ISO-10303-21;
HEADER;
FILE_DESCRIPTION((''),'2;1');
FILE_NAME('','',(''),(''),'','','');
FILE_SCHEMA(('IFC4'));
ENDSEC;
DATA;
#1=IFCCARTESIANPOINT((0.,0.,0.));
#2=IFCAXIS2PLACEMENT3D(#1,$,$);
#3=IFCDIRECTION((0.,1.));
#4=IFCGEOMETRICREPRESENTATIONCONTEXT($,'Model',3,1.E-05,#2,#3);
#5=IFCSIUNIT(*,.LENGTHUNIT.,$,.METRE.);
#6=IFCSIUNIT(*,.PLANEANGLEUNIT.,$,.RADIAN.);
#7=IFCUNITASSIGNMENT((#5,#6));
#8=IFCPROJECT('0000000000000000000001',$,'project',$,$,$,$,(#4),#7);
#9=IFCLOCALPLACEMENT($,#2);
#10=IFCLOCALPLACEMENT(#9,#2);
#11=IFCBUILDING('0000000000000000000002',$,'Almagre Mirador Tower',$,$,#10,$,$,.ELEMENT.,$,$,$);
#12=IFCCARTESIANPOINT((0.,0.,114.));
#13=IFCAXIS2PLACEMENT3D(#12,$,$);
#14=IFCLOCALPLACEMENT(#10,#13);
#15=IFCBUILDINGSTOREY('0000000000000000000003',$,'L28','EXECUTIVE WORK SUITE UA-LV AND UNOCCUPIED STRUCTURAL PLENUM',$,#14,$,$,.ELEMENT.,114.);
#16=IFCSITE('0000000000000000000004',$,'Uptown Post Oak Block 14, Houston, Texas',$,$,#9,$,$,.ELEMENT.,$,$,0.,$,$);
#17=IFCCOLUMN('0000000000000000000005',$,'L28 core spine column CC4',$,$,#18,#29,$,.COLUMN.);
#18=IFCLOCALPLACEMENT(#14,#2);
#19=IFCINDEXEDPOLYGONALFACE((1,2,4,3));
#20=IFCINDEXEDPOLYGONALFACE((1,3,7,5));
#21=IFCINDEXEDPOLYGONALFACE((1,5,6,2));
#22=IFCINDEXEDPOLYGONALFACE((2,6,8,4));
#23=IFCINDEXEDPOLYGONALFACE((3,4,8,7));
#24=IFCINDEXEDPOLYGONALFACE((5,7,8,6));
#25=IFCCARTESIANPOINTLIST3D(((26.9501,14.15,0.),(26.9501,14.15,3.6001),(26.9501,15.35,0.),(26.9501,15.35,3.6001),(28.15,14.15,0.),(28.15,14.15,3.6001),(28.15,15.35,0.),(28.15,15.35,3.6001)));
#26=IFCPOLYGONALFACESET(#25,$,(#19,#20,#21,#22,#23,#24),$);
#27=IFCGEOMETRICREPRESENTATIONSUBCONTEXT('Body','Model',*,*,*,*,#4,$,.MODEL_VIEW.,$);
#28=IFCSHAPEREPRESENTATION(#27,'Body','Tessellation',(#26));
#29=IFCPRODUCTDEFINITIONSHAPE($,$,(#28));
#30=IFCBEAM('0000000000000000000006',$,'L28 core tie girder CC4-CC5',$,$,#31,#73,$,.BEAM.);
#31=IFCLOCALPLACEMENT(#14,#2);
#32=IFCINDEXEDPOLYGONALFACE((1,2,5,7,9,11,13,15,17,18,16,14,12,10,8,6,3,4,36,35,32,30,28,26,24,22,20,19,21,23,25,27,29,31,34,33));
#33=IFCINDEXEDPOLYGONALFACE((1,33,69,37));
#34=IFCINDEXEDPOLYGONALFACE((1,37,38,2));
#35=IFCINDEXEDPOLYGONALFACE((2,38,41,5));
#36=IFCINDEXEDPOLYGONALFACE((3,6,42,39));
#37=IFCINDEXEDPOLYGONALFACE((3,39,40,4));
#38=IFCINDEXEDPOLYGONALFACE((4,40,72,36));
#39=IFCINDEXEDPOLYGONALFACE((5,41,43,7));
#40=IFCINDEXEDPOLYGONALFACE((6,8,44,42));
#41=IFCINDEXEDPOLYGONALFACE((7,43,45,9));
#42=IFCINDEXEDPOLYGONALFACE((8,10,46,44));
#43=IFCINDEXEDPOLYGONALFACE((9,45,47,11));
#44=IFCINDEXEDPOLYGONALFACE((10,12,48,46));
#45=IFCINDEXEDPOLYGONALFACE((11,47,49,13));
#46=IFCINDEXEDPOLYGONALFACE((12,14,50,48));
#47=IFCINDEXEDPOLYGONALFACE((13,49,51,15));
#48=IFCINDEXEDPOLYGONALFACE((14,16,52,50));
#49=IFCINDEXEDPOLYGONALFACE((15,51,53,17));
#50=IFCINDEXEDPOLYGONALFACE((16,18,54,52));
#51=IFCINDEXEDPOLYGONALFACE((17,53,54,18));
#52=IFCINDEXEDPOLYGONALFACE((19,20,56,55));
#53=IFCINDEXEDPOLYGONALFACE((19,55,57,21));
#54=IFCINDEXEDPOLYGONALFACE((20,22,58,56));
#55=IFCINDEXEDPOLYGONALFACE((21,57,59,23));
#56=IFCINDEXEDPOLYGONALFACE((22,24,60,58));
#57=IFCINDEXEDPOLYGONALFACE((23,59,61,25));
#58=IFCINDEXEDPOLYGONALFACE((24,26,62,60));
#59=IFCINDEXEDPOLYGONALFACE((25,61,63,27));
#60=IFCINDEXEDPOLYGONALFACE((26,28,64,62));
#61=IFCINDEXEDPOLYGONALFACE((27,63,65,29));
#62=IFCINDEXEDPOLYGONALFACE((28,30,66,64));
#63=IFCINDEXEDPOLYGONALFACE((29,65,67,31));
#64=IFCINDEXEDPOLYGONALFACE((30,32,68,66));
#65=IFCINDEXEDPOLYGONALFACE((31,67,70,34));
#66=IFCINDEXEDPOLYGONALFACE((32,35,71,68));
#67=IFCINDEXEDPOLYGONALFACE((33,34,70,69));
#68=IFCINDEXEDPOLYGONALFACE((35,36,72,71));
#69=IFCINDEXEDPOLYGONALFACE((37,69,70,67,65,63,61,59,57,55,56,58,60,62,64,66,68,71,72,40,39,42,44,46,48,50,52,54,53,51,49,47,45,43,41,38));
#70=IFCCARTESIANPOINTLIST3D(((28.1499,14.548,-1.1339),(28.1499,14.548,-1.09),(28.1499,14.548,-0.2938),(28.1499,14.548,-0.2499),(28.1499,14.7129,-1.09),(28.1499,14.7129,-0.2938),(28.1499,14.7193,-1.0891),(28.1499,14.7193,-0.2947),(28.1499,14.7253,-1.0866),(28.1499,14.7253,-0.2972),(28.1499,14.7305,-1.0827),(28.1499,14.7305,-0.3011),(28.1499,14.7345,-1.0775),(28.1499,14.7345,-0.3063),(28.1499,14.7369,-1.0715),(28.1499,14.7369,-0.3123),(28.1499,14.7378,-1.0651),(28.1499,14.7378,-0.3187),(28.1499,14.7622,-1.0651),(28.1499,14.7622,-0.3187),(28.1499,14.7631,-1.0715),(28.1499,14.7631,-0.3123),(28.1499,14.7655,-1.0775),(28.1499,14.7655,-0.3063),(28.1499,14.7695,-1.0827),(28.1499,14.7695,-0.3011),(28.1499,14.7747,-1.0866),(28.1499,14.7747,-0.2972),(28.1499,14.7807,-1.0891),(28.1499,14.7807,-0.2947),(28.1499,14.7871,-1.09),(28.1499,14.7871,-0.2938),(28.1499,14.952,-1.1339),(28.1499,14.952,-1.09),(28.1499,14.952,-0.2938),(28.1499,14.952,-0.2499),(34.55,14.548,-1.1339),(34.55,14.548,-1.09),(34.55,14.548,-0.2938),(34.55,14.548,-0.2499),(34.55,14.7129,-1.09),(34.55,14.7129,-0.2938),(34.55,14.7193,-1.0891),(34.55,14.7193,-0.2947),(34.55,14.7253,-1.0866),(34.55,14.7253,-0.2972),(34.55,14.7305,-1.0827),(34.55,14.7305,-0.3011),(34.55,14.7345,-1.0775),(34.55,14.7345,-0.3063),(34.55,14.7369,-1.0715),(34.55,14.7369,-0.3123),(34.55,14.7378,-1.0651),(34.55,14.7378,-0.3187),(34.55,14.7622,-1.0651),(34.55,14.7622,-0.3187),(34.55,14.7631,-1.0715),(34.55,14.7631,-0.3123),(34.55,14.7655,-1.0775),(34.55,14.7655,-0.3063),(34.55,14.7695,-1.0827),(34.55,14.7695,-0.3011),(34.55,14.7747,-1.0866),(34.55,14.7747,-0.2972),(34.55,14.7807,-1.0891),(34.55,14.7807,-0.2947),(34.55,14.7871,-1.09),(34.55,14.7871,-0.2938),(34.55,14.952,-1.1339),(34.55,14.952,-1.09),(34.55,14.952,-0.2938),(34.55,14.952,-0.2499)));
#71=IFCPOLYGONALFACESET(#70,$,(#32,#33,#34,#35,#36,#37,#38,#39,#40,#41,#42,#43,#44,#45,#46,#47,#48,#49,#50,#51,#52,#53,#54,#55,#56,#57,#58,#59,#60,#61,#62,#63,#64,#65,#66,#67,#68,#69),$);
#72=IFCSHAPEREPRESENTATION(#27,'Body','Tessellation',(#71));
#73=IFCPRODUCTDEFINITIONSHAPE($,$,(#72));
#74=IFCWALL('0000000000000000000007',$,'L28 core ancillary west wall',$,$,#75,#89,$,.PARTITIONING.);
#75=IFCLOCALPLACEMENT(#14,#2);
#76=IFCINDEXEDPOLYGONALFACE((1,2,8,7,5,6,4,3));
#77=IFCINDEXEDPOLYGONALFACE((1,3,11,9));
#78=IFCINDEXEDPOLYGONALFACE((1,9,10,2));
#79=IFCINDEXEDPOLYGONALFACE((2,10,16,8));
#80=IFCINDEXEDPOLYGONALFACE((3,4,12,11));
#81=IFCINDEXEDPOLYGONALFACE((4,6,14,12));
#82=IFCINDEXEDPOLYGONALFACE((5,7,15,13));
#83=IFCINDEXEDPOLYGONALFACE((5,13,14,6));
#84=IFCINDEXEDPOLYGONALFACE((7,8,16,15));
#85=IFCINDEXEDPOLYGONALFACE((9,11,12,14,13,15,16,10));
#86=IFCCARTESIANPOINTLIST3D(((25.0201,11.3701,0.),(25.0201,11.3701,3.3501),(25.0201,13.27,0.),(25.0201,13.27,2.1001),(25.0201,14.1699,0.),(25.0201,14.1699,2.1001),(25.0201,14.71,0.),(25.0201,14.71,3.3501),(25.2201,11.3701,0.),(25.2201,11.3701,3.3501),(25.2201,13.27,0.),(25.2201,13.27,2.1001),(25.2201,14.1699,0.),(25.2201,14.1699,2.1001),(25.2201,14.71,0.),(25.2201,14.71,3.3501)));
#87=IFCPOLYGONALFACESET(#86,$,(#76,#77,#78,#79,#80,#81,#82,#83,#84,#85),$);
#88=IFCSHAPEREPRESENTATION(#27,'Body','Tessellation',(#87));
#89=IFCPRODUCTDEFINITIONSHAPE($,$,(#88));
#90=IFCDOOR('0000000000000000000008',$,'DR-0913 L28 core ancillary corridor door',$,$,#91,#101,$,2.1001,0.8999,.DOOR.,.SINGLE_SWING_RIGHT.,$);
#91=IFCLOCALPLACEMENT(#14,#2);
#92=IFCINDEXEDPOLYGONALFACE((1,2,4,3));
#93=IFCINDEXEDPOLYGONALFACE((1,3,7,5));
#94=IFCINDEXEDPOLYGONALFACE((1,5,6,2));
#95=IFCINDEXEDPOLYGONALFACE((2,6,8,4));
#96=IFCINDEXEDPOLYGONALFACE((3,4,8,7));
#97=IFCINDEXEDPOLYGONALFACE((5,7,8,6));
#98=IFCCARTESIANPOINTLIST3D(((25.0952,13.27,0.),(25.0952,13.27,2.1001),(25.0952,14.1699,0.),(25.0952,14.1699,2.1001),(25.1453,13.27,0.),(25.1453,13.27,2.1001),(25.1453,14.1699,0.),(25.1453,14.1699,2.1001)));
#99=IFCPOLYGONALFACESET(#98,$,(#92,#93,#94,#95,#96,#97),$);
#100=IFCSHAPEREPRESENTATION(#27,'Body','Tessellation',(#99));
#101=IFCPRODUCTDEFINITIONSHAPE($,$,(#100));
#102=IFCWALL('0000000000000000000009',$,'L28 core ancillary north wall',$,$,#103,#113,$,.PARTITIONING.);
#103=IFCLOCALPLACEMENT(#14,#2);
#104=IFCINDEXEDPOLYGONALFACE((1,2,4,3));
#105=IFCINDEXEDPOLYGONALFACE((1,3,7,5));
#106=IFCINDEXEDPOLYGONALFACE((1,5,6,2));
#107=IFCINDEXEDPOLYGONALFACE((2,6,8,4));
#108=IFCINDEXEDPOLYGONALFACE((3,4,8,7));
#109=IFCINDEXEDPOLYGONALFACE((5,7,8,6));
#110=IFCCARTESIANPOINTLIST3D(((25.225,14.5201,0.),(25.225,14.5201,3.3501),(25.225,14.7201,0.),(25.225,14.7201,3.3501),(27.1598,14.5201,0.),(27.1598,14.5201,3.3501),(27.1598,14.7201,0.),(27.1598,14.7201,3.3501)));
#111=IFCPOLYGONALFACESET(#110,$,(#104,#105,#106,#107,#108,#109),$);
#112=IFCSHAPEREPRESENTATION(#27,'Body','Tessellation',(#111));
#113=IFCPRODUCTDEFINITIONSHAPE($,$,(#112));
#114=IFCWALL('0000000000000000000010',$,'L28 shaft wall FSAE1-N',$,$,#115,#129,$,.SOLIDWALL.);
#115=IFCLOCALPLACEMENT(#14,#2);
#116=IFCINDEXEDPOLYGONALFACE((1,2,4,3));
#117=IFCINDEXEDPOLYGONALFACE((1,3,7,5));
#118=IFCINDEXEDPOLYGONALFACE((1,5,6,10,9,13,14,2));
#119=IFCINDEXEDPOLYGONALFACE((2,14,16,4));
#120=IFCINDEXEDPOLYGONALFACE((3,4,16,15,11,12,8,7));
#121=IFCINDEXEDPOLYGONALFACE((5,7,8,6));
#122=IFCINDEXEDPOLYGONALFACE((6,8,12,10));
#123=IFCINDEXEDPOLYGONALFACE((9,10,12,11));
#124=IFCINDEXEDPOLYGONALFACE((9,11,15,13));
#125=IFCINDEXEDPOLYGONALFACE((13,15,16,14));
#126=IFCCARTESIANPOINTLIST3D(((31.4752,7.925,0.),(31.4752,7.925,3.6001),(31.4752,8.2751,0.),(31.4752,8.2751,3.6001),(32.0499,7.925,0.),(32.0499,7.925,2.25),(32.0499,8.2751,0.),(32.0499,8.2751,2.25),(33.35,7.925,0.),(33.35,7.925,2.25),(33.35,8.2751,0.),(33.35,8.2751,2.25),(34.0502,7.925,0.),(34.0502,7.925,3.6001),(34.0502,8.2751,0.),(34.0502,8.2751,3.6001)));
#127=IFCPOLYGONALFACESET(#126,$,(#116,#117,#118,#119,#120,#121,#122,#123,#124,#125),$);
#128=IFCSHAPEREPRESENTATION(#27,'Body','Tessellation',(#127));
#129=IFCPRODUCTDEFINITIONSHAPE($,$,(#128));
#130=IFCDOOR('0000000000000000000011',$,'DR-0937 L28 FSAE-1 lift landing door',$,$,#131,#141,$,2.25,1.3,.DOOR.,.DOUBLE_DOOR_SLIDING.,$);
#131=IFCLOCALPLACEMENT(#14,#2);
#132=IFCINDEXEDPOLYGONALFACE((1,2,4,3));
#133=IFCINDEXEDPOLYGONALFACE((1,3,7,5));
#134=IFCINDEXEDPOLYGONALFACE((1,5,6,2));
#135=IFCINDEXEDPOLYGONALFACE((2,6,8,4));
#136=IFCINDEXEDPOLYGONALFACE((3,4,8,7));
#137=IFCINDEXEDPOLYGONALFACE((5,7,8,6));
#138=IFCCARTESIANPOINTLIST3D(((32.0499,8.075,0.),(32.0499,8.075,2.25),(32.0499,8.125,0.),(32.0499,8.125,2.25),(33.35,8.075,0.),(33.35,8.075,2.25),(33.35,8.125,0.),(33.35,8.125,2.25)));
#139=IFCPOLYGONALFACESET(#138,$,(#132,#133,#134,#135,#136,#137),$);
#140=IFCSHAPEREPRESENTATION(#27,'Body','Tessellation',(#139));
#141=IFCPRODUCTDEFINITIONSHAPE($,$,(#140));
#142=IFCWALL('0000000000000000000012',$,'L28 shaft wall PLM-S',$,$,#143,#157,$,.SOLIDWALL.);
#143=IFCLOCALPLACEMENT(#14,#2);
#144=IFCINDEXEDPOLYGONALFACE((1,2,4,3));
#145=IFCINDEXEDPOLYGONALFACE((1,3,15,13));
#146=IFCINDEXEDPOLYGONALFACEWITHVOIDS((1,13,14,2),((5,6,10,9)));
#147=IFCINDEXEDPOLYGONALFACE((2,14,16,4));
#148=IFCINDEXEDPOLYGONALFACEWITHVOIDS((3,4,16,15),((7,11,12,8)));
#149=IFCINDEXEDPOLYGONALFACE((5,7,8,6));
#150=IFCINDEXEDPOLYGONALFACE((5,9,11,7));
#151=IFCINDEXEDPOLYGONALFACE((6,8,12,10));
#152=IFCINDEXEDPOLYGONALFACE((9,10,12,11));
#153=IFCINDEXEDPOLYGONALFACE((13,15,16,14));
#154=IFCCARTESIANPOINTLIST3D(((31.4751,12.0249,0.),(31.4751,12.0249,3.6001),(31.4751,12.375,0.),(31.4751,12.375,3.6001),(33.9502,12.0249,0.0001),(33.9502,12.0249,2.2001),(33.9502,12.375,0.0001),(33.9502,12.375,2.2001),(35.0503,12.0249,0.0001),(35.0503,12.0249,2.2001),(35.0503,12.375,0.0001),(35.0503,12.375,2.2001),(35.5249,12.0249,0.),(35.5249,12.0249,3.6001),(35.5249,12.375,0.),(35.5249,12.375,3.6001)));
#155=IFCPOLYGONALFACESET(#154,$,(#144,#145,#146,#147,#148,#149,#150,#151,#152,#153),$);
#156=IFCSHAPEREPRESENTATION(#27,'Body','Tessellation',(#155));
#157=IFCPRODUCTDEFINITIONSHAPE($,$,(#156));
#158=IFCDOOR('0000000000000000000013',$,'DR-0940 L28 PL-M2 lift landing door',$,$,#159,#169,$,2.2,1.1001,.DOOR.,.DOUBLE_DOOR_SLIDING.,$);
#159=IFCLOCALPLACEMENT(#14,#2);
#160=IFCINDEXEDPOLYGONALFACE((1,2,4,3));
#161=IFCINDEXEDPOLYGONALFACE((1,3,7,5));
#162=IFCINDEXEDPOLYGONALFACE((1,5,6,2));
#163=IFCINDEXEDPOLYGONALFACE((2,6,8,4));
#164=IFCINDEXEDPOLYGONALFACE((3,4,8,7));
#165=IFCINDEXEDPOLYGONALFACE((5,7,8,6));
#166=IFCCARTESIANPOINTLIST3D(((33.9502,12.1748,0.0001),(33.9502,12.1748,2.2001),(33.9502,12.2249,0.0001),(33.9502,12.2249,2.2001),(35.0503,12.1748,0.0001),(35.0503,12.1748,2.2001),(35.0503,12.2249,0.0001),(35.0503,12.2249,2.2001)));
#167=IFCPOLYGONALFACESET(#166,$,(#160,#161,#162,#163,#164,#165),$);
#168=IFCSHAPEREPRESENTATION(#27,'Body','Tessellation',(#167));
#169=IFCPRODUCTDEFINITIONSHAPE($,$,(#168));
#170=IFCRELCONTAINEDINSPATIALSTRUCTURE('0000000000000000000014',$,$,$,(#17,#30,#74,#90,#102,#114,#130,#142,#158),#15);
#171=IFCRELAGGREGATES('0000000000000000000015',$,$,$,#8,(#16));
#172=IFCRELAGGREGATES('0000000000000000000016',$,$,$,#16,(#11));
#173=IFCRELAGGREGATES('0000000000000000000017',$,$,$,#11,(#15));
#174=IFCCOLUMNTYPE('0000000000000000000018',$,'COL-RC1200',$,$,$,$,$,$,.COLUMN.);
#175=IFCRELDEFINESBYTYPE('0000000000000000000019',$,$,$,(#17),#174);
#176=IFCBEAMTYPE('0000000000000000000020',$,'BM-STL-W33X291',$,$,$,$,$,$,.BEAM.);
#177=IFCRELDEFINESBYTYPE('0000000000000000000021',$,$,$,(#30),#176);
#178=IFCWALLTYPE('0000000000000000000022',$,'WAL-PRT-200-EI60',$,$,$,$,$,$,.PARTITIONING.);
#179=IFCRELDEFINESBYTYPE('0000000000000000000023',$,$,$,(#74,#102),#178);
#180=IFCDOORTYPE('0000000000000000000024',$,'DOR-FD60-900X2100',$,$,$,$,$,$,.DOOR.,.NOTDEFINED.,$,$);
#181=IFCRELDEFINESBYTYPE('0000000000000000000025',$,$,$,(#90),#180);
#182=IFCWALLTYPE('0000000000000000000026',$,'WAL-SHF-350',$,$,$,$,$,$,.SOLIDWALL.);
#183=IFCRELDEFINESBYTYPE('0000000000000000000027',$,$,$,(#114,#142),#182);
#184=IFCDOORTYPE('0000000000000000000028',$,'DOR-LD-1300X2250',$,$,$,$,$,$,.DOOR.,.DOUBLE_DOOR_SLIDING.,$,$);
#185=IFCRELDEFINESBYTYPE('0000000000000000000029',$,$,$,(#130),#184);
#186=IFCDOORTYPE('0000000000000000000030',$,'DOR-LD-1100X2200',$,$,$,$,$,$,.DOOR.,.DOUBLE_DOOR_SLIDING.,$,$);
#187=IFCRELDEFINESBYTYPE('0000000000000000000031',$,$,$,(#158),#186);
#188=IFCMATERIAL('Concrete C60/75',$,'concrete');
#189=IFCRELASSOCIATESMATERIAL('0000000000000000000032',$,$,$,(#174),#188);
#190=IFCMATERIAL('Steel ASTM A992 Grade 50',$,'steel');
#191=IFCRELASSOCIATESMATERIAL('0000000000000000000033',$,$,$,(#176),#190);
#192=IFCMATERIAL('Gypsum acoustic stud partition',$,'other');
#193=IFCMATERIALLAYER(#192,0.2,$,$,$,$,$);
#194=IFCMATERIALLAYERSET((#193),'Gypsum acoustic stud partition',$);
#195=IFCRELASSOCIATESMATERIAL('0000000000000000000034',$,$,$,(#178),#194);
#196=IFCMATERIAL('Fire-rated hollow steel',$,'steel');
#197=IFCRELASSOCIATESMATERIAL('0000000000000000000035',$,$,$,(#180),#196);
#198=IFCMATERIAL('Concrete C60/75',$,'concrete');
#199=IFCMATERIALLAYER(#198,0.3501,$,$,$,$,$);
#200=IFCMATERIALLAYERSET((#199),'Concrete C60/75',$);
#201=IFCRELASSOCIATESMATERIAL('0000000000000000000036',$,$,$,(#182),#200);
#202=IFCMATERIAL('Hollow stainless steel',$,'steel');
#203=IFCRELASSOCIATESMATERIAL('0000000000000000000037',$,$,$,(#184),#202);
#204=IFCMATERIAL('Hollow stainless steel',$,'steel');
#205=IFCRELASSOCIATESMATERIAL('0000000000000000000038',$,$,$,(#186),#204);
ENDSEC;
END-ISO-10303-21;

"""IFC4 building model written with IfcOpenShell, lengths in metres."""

from ifc_helpers import new_model, si_unit, direction, frame, frame_2d, origin, origin_2d, place, context, subcontext, project, spatial, rectangle, i_section, extrude, material, layer, layer_set, material_profile, profile_set, type_object, element, fill, save


model = new_model("IFC4")

# Units and contexts
model_context = context("Model", 3, precision=1e-05, world=origin(), true_north=direction((0.0, 1.0)))
body_context = subcontext(model_context, "Body", "Model", "MODEL_VIEW")
ifc_project = project(units=[si_unit("LENGTHUNIT", "METRE"), si_unit("PLANEANGLEUNIT", "RADIAN")], contexts=[model_context])

# Site, building, storey
site_placement = place(None, origin())
site = spatial("IfcSite", under=ifc_project, at=site_placement, Name="Uptown Post Oak Block 14, Houston, Texas", CompositionType="ELEMENT", RefElevation=0.0)
building_placement = place(site_placement, origin())
building = spatial("IfcBuilding", under=site, at=building_placement, Name="Almagre Mirador Tower", CompositionType="ELEMENT")
storey_placement = place(building_placement, frame((0.0, 0.0, 114.0)))
storey = spatial("IfcBuildingStorey", under=building, at=storey_placement, Name="L28", Description="EXECUTIVE WORK SUITE UA-LV AND UNOCCUPIED STRUCTURAL PLENUM", CompositionType="ELEMENT", Elevation=114.0)

# Column
ifc_material_1 = material(Name="Concrete C60/75", Category="concrete")
ifc_material_profile_1 = material_profile(ifc_material_1, rectangle(XDim=1.2, YDim=1.2, at=origin_2d()), Name="RC1200X1200")
ifc_profile_set_1 = profile_set([ifc_material_profile_1], Name="Concrete C60/75")
column_type = type_object("IfcColumnType", Name="COL-RC1200", PredefinedType="COLUMN", material=ifc_profile_set_1)
column_placement = place(storey_placement, frame((27.55, 14.75, 0.0), z_axis=(0.0, 0.0, 1.0), x_axis=(1.0, 0.0, 0.0)))
element("IfcColumn", 1, at=column_placement, inside=storey, type_object=column_type, Name="L28 core spine column CC4", PredefinedType="COLUMN", context=body_context, shape_type="SweptSolid", body=[
    extrude(rectangle(XDim=1.2, YDim=1.2, at=origin_2d()), origin(), (0.0, 0.0, 1.0), 3.6001),
])

# Beam
ifc_material_2 = material(Name="Steel ASTM A992 Grade 50", Category="steel")
ifc_material_profile_2 = material_profile(ifc_material_2, i_section(OverallWidth=0.4041, OverallDepth=0.884, WebThickness=0.0244, FlangeThickness=0.0439, FilletRadius=0.0249, at=origin_2d()), Name="W33X291")
ifc_profile_set_2 = profile_set([ifc_material_profile_2], Name="Steel ASTM A992 Grade 50")
beam_type = type_object("IfcBeamType", Name="BM-STL-W33X291", PredefinedType="BEAM", material=ifc_profile_set_2)
beam_placement = place(storey_placement, frame((28.1499, 14.75, -0.6919), z_axis=(1.0, 0.0, 0.0), x_axis=(0.0, 1.0, 0.0)))
element("IfcBeam", 2, at=beam_placement, inside=storey, type_object=beam_type, Name="L28 core tie girder CC4-CC5", PredefinedType="BEAM", context=body_context, shape_type="SweptSolid", body=[
    extrude(i_section(OverallWidth=0.4041, OverallDepth=0.884, WebThickness=0.0244, FlangeThickness=0.0439, FilletRadius=0.0249, at=origin_2d()), origin(), (0.0, 0.0, 1.0), 6.4001),
])

# Wall, opening, door
ifc_material_3 = material(Name="Gypsum acoustic stud partition", Category="other")
ifc_layer_1 = layer(ifc_material_3, 0.2)
ifc_layer_set_1 = layer_set([ifc_layer_1], Name="Gypsum acoustic stud partition")
wall_type_1 = type_object("IfcWallType", Name="WAL-PRT-200-EI60", PredefinedType="PARTITIONING", material=ifc_layer_set_1)
wall_1_placement = place(storey_placement, frame((25.1201, 11.3701, 0.0), z_axis=(0.0, 0.0, 1.0), x_axis=(0.0, 1.0, 0.0)))
wall_1 = element("IfcWall", 3, at=wall_1_placement, inside=storey, type_object=wall_type_1, Name="L28 core ancillary west wall", PredefinedType="PARTITIONING", context=body_context, shape_type="SweptSolid", body=[
    extrude(rectangle(XDim=3.3398, YDim=0.2, at=frame_2d((1.6699, 0.0))), origin(), (0.0, 0.0, 1.0), 3.3501),
])
opening_1_placement = place(wall_1_placement, frame((1.8999, 0.0, 0.0)))
opening_1 = element("IfcOpeningElement", 4, at=opening_1_placement, cuts=wall_1, PredefinedType="OPENING", context=body_context, shape_type="SweptSolid", body=[
    extrude(rectangle(XDim=0.8999, YDim=2.1001, at=frame_2d((0.45, 1.05))), frame((0.0, 0.1101, 0.0), z_axis=(0.0, -1.0, 0.0), x_axis=(1.0, 0.0, 0.0)), (0.0, 0.0, 1.0), 0.22),
])
ifc_material_4 = material(Name="Fire-rated hollow steel", Category="steel")
door_type_1 = type_object("IfcDoorType", Name="DOR-FD60-900X2100", OperationType="NOTDEFINED", PredefinedType="DOOR", material=ifc_material_4)
door_1_placement = place(opening_1_placement, origin())
door_1 = element("IfcDoor", 5, at=door_1_placement, inside=storey, type_object=door_type_1, Name="DR-0913 L28 core ancillary corridor door", OperationType="SINGLE_SWING_RIGHT", OverallHeight=2.1001, OverallWidth=0.8999, PredefinedType="DOOR", context=body_context, shape_type="SweptSolid", body=[
    extrude(rectangle(XDim=0.8999, YDim=2.1001, at=frame_2d((0.45, 1.05))), frame((0.0, 0.0249, 0.0), z_axis=(0.0, -1.0, 0.0), x_axis=(1.0, 0.0, 0.0)), (0.0, 0.0, 1.0), 0.05),
])
fill(opening_1, door_1)

# Wall
wall_2_placement = place(storey_placement, frame((25.2251, 14.6201, 0.0), z_axis=(0.0, 0.0, 1.0), x_axis=(1.0, 0.0, 0.0)))
element("IfcWall", 6, at=wall_2_placement, inside=storey, type_object=wall_type_1, Name="L28 core ancillary north wall", PredefinedType="PARTITIONING", context=body_context, shape_type="SweptSolid", body=[
    extrude(rectangle(XDim=1.9348, YDim=0.2, at=frame_2d((0.9673, 0.0))), origin(), (0.0, 0.0, 1.0), 3.3501),
])

# Walls, openings, doors
ifc_material_5 = material(Name="Concrete C60/75", Category="concrete")
ifc_layer_2 = layer(ifc_material_5, 0.3501)
ifc_layer_set_2 = layer_set([ifc_layer_2], Name="Concrete C60/75")
wall_type_2 = type_object("IfcWallType", Name="WAL-SHF-350", PredefinedType="SOLIDWALL", material=ifc_layer_set_2)
wall_3_placement = place(storey_placement, frame((31.4751, 8.1001, 0.0), z_axis=(0.0, 0.0, 1.0), x_axis=(1.0, 0.0, 0.0)))
wall_3 = element("IfcWall", 7, at=wall_3_placement, inside=storey, type_object=wall_type_2, Name="L28 shaft wall FSAE1-N", PredefinedType="SOLIDWALL", context=body_context, shape_type="SweptSolid", body=[
    extrude(rectangle(XDim=2.575, YDim=0.3501, at=frame_2d((1.2876, 0.0))), origin(), (0.0, 0.0, 1.0), 3.6001),
])
opening_2_placement = place(wall_3_placement, frame((0.575, 0.0, 0.0)))
opening_2 = element("IfcOpeningElement", 8, at=opening_2_placement, cuts=wall_3, PredefinedType="OPENING", context=body_context, shape_type="SweptSolid", body=[
    extrude(rectangle(XDim=1.3, YDim=2.25, at=frame_2d((0.6499, 1.125))), frame((0.0, 0.185, 0.0), z_axis=(0.0, -1.0, 0.0), x_axis=(1.0, 0.0, 0.0)), (0.0, 0.0, 1.0), 0.3701),
])
ifc_material_6 = material(Name="Hollow stainless steel", Category="steel")
door_type_2 = type_object("IfcDoorType", Name="DOR-LD-1300X2250", OperationType="DOUBLE_DOOR_SLIDING", PredefinedType="DOOR", material=ifc_material_6)
door_2_placement = place(opening_2_placement, origin())
door_2 = element("IfcDoor", 9, at=door_2_placement, inside=storey, type_object=door_type_2, Name="DR-0937 L28 FSAE-1 lift landing door", OperationType="DOUBLE_DOOR_SLIDING", OverallHeight=2.25, OverallWidth=1.3, PredefinedType="DOOR", context=body_context, shape_type="SweptSolid", body=[
    extrude(rectangle(XDim=1.3, YDim=2.25, at=frame_2d((0.6499, 1.125))), frame((0.0, 0.0249, 0.0), z_axis=(0.0, -1.0, 0.0), x_axis=(1.0, 0.0, 0.0)), (0.0, 0.0, 1.0), 0.05),
])
fill(opening_2, door_2)
wall_4_placement = place(storey_placement, frame((31.4751, 12.2, 0.0), z_axis=(0.0, 0.0, 1.0), x_axis=(1.0, 0.0, 0.0)))
wall_4 = element("IfcWall", 10, at=wall_4_placement, inside=storey, type_object=wall_type_2, Name="L28 shaft wall PLM-S", PredefinedType="SOLIDWALL", context=body_context, shape_type="SweptSolid", body=[
    extrude(rectangle(XDim=4.0498, YDim=0.3501, at=frame_2d((2.0249, 0.0))), origin(), (0.0, 0.0, 1.0), 3.6001),
])
opening_3_placement = place(wall_4_placement, frame((2.4751, 0.0, 0.0)))
opening_3 = element("IfcOpeningElement", 11, at=opening_3_placement, cuts=wall_4, PredefinedType="OPENING", context=body_context, shape_type="SweptSolid", body=[
    extrude(rectangle(XDim=1.1001, YDim=2.2, at=frame_2d((0.55, 1.1001))), frame((0.0, 0.185, 0.0), z_axis=(0.0, -1.0, 0.0), x_axis=(1.0, 0.0, 0.0)), (0.0, 0.0, 1.0), 0.3701),
])
ifc_material_7 = material(Name="Hollow stainless steel", Category="steel")
door_type_3 = type_object("IfcDoorType", Name="DOR-LD-1100X2200", OperationType="DOUBLE_DOOR_SLIDING", PredefinedType="DOOR", material=ifc_material_7)
door_3_placement = place(opening_3_placement, origin())
door_3 = element("IfcDoor", 12, at=door_3_placement, inside=storey, type_object=door_type_3, Name="DR-0940 L28 PL-M2 lift landing door", OperationType="DOUBLE_DOOR_SLIDING", OverallHeight=2.2, OverallWidth=1.1001, PredefinedType="DOOR", context=body_context, shape_type="SweptSolid", body=[
    extrude(rectangle(XDim=1.1001, YDim=2.2, at=frame_2d((0.55, 1.1001))), frame((0.0, 0.0249, 0.0), z_axis=(0.0, -1.0, 0.0), x_axis=(1.0, 0.0, 0.0)), (0.0, 0.0, 1.0), 0.05),
])
fill(opening_3, door_3)

save(model, "model.ifc")
